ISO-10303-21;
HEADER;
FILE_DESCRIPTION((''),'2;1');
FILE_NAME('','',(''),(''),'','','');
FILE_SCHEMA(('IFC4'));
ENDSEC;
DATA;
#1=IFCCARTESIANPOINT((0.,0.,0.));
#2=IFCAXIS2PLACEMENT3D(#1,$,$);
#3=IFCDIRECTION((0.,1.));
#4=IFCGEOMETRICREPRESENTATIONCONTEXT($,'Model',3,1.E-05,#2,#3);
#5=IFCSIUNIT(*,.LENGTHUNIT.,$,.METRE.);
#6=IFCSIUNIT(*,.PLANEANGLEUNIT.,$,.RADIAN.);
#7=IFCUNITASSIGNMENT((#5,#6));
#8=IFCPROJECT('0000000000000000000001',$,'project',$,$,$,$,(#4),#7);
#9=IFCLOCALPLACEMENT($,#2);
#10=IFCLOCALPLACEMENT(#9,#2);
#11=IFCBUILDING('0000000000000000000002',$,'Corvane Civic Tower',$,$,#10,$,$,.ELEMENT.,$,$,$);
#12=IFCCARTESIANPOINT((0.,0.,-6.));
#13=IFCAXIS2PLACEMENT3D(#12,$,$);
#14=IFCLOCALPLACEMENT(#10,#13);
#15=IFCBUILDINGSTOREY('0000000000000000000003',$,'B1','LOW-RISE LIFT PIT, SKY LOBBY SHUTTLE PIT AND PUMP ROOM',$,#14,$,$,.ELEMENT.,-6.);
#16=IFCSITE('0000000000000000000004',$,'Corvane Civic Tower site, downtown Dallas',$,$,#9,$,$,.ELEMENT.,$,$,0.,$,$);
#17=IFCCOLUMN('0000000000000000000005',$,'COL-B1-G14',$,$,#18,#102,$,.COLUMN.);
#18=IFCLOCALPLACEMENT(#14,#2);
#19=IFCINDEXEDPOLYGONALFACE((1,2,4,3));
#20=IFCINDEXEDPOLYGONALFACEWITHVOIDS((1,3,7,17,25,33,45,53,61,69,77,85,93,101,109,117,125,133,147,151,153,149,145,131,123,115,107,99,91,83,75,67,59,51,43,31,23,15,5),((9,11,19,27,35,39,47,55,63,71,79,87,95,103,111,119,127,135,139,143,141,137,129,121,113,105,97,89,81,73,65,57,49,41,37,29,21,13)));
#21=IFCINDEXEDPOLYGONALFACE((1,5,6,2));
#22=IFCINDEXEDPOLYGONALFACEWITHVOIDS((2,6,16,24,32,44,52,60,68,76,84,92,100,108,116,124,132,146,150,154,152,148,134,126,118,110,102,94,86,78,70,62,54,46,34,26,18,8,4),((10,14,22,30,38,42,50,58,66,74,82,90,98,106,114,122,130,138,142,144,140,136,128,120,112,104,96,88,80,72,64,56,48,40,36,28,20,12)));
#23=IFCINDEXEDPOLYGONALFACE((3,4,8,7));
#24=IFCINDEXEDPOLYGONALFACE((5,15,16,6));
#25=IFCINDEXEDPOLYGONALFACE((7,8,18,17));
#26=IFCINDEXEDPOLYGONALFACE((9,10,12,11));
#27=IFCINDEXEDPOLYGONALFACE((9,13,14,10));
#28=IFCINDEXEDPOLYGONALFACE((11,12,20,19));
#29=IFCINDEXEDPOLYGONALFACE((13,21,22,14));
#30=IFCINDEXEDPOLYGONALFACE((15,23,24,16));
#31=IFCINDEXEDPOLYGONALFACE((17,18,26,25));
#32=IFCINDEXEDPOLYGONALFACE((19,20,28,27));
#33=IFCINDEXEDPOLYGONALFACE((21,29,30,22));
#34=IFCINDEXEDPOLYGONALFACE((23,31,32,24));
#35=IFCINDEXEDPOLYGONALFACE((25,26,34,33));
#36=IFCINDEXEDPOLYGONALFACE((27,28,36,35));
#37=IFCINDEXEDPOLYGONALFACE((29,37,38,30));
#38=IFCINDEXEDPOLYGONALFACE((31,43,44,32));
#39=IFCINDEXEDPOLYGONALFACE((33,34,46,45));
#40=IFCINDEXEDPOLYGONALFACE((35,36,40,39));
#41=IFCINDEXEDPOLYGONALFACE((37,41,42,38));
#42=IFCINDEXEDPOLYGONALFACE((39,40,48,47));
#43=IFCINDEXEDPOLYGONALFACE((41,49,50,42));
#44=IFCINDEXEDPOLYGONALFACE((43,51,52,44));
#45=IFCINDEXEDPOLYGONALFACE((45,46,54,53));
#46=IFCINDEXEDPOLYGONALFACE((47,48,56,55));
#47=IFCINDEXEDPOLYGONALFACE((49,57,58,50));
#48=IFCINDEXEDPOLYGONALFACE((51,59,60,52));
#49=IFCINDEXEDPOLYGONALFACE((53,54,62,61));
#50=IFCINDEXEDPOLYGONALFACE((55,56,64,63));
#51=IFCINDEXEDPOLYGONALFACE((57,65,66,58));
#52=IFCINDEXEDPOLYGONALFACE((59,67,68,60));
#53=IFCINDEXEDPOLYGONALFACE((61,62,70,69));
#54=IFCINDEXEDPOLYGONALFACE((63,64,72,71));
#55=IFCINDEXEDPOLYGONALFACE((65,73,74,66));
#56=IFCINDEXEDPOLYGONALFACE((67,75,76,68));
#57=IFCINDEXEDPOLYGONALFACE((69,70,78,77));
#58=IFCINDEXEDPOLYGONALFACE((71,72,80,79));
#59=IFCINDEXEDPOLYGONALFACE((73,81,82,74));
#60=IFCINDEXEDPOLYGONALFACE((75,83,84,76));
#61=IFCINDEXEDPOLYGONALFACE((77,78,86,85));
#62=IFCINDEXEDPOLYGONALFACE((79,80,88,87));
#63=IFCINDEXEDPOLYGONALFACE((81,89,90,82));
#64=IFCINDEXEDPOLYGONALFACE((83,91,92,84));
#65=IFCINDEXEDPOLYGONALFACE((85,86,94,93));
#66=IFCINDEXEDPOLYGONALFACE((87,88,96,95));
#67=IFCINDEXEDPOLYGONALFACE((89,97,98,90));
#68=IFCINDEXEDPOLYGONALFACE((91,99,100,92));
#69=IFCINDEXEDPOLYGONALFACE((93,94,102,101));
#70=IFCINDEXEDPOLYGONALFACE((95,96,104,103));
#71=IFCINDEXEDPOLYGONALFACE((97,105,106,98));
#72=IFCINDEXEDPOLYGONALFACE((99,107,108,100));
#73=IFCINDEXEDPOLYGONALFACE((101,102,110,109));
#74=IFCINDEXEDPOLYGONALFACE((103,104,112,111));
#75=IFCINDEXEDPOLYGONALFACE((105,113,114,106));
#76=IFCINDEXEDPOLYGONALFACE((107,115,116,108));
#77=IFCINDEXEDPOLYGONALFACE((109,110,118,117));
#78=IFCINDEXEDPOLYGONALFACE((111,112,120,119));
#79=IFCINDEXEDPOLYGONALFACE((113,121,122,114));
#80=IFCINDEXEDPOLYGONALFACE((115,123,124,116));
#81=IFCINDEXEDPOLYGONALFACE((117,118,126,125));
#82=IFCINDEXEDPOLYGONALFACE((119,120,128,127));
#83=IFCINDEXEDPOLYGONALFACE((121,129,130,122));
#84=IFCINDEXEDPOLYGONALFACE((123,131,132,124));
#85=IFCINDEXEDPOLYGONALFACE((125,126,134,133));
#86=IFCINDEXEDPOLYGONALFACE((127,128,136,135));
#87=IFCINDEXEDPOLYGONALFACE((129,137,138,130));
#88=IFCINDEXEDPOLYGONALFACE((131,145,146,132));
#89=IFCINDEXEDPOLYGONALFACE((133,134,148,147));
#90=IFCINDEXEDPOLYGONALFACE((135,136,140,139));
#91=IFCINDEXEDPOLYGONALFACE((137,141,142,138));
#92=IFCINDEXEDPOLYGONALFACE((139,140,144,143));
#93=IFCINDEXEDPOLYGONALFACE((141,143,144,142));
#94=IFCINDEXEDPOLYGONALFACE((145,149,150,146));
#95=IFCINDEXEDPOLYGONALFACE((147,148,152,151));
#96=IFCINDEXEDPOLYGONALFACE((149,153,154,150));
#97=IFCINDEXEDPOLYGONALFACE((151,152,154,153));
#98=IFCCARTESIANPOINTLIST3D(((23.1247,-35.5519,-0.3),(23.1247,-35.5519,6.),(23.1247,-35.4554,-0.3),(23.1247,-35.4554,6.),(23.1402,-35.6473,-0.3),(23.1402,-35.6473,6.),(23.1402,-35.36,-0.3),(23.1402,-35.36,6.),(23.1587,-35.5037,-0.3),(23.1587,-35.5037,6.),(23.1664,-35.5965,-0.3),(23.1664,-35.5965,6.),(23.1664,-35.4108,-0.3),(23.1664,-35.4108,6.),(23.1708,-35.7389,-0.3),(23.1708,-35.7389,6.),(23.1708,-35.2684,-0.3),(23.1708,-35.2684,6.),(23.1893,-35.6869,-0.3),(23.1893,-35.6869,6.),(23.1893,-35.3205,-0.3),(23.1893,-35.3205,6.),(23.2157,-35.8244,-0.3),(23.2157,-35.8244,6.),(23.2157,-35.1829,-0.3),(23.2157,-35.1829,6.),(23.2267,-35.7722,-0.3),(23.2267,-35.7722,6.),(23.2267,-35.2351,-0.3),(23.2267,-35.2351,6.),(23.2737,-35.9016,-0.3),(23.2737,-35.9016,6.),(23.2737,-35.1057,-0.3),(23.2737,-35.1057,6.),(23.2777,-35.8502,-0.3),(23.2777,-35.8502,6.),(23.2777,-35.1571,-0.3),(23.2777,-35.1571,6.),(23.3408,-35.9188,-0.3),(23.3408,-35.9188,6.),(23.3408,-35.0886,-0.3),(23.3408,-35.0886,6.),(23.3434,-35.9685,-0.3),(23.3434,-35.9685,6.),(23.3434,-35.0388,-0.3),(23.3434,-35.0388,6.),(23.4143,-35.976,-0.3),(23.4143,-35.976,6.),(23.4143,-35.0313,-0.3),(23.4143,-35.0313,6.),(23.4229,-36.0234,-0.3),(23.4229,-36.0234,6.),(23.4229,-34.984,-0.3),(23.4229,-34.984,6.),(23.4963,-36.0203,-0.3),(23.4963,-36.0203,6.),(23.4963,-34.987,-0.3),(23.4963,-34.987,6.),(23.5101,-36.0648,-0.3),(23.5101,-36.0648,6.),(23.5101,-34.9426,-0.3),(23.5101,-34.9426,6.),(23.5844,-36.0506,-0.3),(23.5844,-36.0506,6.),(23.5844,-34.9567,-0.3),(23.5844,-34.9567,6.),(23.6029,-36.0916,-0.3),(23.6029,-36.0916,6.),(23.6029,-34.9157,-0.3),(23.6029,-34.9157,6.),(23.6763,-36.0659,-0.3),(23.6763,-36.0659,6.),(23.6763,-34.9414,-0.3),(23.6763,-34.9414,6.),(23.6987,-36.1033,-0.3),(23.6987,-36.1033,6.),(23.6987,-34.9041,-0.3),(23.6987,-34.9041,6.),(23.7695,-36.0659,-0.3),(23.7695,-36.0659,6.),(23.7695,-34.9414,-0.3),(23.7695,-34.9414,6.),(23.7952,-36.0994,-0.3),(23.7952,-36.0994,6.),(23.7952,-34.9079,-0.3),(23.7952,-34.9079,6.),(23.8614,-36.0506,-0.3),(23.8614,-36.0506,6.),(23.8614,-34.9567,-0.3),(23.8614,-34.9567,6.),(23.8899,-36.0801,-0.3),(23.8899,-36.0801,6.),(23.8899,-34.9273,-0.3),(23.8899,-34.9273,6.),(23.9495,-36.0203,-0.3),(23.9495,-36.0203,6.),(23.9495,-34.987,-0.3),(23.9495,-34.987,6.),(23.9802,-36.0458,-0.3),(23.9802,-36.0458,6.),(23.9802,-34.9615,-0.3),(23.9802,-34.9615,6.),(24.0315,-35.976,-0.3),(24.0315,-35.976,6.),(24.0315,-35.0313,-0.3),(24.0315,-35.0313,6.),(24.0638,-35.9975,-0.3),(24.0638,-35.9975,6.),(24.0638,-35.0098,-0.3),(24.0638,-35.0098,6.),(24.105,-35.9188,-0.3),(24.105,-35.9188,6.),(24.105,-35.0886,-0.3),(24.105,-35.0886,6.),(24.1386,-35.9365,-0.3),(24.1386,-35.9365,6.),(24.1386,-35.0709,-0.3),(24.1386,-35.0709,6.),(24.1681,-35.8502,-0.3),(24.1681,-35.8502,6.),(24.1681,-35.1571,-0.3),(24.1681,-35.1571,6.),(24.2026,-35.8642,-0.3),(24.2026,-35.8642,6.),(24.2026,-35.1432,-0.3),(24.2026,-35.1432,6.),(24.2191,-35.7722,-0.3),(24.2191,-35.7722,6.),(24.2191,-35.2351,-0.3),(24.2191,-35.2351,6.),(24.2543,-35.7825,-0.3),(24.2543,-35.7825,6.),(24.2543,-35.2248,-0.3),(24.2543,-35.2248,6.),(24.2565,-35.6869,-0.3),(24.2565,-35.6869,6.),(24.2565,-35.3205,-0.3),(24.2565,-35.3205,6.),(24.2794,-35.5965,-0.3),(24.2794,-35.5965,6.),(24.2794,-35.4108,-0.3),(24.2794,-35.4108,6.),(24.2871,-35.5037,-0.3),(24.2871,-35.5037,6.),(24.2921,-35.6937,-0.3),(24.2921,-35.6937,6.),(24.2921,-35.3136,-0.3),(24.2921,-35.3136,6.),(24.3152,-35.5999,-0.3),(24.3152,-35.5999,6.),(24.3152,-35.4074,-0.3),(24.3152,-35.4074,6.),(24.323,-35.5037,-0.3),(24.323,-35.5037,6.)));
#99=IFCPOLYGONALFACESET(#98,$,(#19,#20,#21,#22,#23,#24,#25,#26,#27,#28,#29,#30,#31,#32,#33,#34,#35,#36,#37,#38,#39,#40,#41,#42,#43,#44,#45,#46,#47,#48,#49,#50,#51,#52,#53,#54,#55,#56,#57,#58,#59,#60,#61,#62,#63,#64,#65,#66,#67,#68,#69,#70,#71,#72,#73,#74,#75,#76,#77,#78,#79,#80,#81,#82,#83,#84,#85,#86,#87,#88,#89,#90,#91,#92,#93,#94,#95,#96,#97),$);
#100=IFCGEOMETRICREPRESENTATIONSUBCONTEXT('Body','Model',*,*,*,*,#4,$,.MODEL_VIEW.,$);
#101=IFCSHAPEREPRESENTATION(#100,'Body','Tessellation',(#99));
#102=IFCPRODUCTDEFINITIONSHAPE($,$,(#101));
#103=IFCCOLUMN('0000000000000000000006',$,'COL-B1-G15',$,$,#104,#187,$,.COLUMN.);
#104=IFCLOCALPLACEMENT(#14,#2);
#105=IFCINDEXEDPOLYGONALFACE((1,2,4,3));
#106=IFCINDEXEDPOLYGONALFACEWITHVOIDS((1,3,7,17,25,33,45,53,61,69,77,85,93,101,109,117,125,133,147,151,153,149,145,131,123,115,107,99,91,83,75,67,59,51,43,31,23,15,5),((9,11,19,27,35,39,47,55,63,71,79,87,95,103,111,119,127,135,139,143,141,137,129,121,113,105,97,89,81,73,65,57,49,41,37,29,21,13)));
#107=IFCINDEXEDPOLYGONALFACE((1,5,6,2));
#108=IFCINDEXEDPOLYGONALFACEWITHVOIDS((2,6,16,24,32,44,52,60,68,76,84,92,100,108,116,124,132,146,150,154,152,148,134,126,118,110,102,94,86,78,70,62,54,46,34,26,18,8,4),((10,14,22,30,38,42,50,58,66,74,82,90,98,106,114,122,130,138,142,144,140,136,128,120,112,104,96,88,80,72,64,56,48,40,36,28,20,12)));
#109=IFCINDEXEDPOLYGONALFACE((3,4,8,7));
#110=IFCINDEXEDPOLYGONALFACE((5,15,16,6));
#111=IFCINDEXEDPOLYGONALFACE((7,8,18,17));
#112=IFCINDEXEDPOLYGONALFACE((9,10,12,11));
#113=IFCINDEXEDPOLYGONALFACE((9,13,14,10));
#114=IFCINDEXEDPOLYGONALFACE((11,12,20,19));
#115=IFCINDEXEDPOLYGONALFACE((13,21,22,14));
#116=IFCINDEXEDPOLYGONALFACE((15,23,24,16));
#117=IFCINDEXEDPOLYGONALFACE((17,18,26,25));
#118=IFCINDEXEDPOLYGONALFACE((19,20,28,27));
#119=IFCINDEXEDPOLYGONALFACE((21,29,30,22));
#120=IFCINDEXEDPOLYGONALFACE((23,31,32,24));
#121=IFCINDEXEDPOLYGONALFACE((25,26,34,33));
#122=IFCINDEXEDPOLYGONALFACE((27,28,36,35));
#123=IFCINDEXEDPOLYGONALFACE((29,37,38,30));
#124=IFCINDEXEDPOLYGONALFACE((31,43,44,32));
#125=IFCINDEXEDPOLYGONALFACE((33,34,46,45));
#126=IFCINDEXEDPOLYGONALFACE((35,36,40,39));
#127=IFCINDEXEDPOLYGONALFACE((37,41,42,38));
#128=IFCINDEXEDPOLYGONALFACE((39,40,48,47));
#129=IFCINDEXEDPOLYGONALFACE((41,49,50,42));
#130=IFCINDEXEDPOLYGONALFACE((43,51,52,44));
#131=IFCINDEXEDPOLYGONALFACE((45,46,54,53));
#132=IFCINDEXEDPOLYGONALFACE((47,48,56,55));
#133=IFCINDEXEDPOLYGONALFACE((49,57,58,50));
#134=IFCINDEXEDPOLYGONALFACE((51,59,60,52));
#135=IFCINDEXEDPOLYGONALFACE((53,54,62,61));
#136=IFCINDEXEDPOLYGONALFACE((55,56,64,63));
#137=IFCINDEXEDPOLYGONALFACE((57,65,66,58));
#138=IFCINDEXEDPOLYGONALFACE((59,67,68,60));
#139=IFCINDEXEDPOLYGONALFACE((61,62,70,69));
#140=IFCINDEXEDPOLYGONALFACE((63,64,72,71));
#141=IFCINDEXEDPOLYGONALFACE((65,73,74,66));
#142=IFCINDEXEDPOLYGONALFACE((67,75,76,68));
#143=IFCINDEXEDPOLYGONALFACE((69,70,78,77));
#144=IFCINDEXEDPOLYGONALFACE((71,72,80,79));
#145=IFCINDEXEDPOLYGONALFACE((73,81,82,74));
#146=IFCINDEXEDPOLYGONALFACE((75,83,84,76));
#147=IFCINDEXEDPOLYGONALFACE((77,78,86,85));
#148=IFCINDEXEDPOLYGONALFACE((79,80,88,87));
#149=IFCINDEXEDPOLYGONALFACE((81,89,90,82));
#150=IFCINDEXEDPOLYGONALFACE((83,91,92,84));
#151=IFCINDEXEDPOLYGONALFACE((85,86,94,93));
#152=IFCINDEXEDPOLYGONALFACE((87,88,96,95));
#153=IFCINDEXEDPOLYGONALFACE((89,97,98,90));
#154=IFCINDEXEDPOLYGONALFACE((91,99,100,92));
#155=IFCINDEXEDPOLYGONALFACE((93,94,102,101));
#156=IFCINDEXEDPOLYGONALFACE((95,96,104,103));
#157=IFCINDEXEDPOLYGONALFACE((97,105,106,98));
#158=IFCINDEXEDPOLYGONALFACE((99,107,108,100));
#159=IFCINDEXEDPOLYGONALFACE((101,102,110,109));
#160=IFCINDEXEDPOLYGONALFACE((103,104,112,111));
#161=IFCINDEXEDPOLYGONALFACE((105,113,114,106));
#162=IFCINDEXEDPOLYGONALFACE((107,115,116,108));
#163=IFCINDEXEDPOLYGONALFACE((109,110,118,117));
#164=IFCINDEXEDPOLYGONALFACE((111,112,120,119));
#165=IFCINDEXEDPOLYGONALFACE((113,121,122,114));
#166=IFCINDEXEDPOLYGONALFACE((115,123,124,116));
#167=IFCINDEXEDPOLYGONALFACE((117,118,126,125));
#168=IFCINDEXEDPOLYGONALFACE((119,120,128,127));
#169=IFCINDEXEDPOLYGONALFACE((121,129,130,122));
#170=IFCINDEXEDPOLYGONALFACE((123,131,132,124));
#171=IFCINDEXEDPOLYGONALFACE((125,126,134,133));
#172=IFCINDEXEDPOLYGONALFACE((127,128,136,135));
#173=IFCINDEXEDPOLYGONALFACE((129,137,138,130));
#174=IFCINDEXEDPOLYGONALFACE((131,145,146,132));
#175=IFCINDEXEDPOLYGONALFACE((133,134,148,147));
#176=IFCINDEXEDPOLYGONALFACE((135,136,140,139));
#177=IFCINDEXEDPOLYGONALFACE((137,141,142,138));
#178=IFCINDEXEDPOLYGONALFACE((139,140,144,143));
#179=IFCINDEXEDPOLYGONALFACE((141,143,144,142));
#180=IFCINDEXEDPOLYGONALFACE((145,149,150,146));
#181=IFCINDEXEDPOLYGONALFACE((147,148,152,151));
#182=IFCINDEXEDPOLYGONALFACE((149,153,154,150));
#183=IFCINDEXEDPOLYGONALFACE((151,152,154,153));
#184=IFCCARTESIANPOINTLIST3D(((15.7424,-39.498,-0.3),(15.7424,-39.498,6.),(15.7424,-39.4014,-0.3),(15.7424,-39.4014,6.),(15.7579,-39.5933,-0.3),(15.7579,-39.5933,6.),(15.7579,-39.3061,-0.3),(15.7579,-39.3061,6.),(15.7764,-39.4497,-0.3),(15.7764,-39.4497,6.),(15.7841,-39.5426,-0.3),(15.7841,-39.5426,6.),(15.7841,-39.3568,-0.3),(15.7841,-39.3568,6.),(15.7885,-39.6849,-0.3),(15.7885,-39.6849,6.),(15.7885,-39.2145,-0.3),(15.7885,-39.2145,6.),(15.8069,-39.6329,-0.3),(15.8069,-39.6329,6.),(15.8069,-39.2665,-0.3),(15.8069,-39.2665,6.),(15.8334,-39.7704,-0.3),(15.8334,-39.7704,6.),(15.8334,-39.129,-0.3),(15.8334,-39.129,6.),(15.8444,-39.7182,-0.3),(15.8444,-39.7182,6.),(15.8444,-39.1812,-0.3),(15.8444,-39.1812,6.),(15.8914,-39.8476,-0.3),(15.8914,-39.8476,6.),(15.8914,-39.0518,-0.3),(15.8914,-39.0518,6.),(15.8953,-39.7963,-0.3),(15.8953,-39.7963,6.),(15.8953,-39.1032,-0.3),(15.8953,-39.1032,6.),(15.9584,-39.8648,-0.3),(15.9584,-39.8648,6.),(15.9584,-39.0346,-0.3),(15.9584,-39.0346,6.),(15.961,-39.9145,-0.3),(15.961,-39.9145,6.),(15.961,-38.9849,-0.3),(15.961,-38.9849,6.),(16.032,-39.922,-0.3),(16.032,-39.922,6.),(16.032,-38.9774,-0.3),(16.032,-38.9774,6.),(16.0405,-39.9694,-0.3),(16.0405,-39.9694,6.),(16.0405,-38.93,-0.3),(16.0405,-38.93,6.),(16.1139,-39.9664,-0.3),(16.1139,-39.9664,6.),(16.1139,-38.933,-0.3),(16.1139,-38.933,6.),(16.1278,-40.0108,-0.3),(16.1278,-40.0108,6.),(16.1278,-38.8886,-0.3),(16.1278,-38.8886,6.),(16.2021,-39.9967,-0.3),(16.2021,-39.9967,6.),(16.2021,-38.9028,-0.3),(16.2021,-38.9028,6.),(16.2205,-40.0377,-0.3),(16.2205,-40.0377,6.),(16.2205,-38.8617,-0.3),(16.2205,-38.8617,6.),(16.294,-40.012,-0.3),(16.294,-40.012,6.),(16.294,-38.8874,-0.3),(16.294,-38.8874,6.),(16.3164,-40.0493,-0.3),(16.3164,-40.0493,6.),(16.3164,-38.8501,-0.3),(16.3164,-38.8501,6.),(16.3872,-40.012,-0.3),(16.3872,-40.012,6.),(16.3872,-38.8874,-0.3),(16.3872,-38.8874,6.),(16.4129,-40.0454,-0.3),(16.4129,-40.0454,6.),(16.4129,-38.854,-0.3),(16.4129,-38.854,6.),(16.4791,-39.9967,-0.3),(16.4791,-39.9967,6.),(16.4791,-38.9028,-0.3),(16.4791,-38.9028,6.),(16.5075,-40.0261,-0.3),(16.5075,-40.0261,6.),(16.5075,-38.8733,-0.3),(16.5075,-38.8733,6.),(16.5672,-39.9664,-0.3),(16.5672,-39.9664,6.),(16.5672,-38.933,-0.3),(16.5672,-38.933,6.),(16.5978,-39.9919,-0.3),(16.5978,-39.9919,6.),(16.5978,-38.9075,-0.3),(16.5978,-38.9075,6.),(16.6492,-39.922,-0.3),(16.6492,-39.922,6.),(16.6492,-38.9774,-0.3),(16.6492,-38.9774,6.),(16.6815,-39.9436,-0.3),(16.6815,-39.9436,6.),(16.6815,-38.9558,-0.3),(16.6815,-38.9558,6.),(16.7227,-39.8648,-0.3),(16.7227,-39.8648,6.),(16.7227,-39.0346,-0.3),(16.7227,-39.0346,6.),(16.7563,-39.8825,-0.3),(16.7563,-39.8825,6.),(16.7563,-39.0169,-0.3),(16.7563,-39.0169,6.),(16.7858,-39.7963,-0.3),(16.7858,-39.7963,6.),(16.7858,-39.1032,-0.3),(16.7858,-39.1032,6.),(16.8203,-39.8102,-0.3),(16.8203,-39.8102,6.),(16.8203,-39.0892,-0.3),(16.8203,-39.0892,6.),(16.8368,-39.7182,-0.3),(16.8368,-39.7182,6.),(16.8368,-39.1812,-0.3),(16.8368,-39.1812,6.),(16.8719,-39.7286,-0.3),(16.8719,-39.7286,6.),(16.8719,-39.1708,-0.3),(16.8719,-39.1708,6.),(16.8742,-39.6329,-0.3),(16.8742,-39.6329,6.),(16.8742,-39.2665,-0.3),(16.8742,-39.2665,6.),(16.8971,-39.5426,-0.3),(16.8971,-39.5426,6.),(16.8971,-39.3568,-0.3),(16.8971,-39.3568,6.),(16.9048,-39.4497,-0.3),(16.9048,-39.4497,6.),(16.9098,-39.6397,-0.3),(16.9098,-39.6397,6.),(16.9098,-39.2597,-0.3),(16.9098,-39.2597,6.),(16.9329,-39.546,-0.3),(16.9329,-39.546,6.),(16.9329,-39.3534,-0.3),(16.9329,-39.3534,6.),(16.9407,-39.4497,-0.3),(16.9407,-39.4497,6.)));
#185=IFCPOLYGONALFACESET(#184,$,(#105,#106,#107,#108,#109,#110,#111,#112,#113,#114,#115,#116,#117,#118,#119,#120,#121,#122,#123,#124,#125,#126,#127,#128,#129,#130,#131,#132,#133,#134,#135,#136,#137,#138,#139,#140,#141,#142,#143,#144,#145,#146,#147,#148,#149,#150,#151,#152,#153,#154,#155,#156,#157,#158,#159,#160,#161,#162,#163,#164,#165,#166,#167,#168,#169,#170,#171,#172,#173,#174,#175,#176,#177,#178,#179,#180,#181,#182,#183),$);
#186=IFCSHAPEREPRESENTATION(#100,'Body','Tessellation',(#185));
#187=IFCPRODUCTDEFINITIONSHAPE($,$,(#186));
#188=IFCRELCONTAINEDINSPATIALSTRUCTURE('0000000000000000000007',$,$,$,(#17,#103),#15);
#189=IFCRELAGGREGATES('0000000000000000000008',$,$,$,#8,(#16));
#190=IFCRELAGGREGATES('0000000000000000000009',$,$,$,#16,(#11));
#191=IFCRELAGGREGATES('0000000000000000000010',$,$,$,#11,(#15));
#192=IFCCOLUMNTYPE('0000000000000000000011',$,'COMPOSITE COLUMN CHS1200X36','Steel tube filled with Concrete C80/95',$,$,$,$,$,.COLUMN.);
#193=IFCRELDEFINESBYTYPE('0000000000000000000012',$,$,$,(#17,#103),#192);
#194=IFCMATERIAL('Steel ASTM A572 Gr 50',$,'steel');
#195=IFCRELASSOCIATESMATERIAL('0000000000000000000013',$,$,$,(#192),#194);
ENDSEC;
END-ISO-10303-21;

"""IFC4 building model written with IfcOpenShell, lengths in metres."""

from ifc_helpers import new_model, si_unit, direction, frame, origin, origin_2d, place, context, subcontext, project, spatial, hollow_circle, extrude, material, material_profile, profile_set, type_object, element, save


model = new_model("IFC4")

# Units and contexts
model_context = context("Model", 3, precision=1e-05, world=origin(), true_north=direction((0.0, 1.0)))
body_context = subcontext(model_context, "Body", "Model", "MODEL_VIEW")
ifc_project = project(units=[si_unit("LENGTHUNIT", "METRE"), si_unit("PLANEANGLEUNIT", "RADIAN")], contexts=[model_context])

# Site, building, storey
site_placement = place(None, origin())
site = spatial("IfcSite", under=ifc_project, at=site_placement, Name="Corvane Civic Tower site, downtown Dallas", CompositionType="ELEMENT", RefElevation=0.0)
building_placement = place(site_placement, origin())
building = spatial("IfcBuilding", under=site, at=building_placement, Name="Corvane Civic Tower", CompositionType="ELEMENT")
storey_placement = place(building_placement, frame((0.0, 0.0, -6.0)))
storey = spatial("IfcBuildingStorey", under=building, at=storey_placement, Name="B1", Description="LOW-RISE LIFT PIT, SKY LOBBY SHUTTLE PIT AND PUMP ROOM", CompositionType="ELEMENT", Elevation=-6.0)

# Columns
ifc_material_1 = material(Name="Steel ASTM A572 Gr 50", Category="steel")
ifc_material_profile_1 = material_profile(ifc_material_1, hollow_circle(Radius=0.6001, WallThickness=0.0359, at=origin_2d()), Name="CHS1200X36")
ifc_profile_set_1 = profile_set([ifc_material_profile_1], Name="Steel ASTM A572 Gr 50")
column_type_1 = type_object("IfcColumnType", Name="COMPOSITE COLUMN CHS1200X36", Description="Steel tube filled with Concrete C80/95", PredefinedType="COLUMN", material=ifc_profile_set_1)
for number, where, z_axis, x_axis, name in (
    (1, (23.7229, -35.5037, -0.3), (0.0, 0.0, 1.0), (1.0, 0.0, 0.0), "COL-B1-G14"),
    (2, (16.3406, -39.4497, -0.3), (0.0, 0.0, 1.0), (1.0, 0.0, 0.0), "COL-B1-G15"),
):
    element("IfcColumn", number, at=place(storey_placement, frame(where, z_axis=z_axis, x_axis=x_axis)), inside=storey, type_object=column_type_1, Name=name, PredefinedType="COLUMN", context=body_context, shape_type="SweptSolid", body=[
        extrude(hollow_circle(Radius=0.6001, WallThickness=0.0359, at=origin_2d()), origin(), (0.0, 0.0, 1.0), 6.3),
    ])

save(model, "model.ifc")
